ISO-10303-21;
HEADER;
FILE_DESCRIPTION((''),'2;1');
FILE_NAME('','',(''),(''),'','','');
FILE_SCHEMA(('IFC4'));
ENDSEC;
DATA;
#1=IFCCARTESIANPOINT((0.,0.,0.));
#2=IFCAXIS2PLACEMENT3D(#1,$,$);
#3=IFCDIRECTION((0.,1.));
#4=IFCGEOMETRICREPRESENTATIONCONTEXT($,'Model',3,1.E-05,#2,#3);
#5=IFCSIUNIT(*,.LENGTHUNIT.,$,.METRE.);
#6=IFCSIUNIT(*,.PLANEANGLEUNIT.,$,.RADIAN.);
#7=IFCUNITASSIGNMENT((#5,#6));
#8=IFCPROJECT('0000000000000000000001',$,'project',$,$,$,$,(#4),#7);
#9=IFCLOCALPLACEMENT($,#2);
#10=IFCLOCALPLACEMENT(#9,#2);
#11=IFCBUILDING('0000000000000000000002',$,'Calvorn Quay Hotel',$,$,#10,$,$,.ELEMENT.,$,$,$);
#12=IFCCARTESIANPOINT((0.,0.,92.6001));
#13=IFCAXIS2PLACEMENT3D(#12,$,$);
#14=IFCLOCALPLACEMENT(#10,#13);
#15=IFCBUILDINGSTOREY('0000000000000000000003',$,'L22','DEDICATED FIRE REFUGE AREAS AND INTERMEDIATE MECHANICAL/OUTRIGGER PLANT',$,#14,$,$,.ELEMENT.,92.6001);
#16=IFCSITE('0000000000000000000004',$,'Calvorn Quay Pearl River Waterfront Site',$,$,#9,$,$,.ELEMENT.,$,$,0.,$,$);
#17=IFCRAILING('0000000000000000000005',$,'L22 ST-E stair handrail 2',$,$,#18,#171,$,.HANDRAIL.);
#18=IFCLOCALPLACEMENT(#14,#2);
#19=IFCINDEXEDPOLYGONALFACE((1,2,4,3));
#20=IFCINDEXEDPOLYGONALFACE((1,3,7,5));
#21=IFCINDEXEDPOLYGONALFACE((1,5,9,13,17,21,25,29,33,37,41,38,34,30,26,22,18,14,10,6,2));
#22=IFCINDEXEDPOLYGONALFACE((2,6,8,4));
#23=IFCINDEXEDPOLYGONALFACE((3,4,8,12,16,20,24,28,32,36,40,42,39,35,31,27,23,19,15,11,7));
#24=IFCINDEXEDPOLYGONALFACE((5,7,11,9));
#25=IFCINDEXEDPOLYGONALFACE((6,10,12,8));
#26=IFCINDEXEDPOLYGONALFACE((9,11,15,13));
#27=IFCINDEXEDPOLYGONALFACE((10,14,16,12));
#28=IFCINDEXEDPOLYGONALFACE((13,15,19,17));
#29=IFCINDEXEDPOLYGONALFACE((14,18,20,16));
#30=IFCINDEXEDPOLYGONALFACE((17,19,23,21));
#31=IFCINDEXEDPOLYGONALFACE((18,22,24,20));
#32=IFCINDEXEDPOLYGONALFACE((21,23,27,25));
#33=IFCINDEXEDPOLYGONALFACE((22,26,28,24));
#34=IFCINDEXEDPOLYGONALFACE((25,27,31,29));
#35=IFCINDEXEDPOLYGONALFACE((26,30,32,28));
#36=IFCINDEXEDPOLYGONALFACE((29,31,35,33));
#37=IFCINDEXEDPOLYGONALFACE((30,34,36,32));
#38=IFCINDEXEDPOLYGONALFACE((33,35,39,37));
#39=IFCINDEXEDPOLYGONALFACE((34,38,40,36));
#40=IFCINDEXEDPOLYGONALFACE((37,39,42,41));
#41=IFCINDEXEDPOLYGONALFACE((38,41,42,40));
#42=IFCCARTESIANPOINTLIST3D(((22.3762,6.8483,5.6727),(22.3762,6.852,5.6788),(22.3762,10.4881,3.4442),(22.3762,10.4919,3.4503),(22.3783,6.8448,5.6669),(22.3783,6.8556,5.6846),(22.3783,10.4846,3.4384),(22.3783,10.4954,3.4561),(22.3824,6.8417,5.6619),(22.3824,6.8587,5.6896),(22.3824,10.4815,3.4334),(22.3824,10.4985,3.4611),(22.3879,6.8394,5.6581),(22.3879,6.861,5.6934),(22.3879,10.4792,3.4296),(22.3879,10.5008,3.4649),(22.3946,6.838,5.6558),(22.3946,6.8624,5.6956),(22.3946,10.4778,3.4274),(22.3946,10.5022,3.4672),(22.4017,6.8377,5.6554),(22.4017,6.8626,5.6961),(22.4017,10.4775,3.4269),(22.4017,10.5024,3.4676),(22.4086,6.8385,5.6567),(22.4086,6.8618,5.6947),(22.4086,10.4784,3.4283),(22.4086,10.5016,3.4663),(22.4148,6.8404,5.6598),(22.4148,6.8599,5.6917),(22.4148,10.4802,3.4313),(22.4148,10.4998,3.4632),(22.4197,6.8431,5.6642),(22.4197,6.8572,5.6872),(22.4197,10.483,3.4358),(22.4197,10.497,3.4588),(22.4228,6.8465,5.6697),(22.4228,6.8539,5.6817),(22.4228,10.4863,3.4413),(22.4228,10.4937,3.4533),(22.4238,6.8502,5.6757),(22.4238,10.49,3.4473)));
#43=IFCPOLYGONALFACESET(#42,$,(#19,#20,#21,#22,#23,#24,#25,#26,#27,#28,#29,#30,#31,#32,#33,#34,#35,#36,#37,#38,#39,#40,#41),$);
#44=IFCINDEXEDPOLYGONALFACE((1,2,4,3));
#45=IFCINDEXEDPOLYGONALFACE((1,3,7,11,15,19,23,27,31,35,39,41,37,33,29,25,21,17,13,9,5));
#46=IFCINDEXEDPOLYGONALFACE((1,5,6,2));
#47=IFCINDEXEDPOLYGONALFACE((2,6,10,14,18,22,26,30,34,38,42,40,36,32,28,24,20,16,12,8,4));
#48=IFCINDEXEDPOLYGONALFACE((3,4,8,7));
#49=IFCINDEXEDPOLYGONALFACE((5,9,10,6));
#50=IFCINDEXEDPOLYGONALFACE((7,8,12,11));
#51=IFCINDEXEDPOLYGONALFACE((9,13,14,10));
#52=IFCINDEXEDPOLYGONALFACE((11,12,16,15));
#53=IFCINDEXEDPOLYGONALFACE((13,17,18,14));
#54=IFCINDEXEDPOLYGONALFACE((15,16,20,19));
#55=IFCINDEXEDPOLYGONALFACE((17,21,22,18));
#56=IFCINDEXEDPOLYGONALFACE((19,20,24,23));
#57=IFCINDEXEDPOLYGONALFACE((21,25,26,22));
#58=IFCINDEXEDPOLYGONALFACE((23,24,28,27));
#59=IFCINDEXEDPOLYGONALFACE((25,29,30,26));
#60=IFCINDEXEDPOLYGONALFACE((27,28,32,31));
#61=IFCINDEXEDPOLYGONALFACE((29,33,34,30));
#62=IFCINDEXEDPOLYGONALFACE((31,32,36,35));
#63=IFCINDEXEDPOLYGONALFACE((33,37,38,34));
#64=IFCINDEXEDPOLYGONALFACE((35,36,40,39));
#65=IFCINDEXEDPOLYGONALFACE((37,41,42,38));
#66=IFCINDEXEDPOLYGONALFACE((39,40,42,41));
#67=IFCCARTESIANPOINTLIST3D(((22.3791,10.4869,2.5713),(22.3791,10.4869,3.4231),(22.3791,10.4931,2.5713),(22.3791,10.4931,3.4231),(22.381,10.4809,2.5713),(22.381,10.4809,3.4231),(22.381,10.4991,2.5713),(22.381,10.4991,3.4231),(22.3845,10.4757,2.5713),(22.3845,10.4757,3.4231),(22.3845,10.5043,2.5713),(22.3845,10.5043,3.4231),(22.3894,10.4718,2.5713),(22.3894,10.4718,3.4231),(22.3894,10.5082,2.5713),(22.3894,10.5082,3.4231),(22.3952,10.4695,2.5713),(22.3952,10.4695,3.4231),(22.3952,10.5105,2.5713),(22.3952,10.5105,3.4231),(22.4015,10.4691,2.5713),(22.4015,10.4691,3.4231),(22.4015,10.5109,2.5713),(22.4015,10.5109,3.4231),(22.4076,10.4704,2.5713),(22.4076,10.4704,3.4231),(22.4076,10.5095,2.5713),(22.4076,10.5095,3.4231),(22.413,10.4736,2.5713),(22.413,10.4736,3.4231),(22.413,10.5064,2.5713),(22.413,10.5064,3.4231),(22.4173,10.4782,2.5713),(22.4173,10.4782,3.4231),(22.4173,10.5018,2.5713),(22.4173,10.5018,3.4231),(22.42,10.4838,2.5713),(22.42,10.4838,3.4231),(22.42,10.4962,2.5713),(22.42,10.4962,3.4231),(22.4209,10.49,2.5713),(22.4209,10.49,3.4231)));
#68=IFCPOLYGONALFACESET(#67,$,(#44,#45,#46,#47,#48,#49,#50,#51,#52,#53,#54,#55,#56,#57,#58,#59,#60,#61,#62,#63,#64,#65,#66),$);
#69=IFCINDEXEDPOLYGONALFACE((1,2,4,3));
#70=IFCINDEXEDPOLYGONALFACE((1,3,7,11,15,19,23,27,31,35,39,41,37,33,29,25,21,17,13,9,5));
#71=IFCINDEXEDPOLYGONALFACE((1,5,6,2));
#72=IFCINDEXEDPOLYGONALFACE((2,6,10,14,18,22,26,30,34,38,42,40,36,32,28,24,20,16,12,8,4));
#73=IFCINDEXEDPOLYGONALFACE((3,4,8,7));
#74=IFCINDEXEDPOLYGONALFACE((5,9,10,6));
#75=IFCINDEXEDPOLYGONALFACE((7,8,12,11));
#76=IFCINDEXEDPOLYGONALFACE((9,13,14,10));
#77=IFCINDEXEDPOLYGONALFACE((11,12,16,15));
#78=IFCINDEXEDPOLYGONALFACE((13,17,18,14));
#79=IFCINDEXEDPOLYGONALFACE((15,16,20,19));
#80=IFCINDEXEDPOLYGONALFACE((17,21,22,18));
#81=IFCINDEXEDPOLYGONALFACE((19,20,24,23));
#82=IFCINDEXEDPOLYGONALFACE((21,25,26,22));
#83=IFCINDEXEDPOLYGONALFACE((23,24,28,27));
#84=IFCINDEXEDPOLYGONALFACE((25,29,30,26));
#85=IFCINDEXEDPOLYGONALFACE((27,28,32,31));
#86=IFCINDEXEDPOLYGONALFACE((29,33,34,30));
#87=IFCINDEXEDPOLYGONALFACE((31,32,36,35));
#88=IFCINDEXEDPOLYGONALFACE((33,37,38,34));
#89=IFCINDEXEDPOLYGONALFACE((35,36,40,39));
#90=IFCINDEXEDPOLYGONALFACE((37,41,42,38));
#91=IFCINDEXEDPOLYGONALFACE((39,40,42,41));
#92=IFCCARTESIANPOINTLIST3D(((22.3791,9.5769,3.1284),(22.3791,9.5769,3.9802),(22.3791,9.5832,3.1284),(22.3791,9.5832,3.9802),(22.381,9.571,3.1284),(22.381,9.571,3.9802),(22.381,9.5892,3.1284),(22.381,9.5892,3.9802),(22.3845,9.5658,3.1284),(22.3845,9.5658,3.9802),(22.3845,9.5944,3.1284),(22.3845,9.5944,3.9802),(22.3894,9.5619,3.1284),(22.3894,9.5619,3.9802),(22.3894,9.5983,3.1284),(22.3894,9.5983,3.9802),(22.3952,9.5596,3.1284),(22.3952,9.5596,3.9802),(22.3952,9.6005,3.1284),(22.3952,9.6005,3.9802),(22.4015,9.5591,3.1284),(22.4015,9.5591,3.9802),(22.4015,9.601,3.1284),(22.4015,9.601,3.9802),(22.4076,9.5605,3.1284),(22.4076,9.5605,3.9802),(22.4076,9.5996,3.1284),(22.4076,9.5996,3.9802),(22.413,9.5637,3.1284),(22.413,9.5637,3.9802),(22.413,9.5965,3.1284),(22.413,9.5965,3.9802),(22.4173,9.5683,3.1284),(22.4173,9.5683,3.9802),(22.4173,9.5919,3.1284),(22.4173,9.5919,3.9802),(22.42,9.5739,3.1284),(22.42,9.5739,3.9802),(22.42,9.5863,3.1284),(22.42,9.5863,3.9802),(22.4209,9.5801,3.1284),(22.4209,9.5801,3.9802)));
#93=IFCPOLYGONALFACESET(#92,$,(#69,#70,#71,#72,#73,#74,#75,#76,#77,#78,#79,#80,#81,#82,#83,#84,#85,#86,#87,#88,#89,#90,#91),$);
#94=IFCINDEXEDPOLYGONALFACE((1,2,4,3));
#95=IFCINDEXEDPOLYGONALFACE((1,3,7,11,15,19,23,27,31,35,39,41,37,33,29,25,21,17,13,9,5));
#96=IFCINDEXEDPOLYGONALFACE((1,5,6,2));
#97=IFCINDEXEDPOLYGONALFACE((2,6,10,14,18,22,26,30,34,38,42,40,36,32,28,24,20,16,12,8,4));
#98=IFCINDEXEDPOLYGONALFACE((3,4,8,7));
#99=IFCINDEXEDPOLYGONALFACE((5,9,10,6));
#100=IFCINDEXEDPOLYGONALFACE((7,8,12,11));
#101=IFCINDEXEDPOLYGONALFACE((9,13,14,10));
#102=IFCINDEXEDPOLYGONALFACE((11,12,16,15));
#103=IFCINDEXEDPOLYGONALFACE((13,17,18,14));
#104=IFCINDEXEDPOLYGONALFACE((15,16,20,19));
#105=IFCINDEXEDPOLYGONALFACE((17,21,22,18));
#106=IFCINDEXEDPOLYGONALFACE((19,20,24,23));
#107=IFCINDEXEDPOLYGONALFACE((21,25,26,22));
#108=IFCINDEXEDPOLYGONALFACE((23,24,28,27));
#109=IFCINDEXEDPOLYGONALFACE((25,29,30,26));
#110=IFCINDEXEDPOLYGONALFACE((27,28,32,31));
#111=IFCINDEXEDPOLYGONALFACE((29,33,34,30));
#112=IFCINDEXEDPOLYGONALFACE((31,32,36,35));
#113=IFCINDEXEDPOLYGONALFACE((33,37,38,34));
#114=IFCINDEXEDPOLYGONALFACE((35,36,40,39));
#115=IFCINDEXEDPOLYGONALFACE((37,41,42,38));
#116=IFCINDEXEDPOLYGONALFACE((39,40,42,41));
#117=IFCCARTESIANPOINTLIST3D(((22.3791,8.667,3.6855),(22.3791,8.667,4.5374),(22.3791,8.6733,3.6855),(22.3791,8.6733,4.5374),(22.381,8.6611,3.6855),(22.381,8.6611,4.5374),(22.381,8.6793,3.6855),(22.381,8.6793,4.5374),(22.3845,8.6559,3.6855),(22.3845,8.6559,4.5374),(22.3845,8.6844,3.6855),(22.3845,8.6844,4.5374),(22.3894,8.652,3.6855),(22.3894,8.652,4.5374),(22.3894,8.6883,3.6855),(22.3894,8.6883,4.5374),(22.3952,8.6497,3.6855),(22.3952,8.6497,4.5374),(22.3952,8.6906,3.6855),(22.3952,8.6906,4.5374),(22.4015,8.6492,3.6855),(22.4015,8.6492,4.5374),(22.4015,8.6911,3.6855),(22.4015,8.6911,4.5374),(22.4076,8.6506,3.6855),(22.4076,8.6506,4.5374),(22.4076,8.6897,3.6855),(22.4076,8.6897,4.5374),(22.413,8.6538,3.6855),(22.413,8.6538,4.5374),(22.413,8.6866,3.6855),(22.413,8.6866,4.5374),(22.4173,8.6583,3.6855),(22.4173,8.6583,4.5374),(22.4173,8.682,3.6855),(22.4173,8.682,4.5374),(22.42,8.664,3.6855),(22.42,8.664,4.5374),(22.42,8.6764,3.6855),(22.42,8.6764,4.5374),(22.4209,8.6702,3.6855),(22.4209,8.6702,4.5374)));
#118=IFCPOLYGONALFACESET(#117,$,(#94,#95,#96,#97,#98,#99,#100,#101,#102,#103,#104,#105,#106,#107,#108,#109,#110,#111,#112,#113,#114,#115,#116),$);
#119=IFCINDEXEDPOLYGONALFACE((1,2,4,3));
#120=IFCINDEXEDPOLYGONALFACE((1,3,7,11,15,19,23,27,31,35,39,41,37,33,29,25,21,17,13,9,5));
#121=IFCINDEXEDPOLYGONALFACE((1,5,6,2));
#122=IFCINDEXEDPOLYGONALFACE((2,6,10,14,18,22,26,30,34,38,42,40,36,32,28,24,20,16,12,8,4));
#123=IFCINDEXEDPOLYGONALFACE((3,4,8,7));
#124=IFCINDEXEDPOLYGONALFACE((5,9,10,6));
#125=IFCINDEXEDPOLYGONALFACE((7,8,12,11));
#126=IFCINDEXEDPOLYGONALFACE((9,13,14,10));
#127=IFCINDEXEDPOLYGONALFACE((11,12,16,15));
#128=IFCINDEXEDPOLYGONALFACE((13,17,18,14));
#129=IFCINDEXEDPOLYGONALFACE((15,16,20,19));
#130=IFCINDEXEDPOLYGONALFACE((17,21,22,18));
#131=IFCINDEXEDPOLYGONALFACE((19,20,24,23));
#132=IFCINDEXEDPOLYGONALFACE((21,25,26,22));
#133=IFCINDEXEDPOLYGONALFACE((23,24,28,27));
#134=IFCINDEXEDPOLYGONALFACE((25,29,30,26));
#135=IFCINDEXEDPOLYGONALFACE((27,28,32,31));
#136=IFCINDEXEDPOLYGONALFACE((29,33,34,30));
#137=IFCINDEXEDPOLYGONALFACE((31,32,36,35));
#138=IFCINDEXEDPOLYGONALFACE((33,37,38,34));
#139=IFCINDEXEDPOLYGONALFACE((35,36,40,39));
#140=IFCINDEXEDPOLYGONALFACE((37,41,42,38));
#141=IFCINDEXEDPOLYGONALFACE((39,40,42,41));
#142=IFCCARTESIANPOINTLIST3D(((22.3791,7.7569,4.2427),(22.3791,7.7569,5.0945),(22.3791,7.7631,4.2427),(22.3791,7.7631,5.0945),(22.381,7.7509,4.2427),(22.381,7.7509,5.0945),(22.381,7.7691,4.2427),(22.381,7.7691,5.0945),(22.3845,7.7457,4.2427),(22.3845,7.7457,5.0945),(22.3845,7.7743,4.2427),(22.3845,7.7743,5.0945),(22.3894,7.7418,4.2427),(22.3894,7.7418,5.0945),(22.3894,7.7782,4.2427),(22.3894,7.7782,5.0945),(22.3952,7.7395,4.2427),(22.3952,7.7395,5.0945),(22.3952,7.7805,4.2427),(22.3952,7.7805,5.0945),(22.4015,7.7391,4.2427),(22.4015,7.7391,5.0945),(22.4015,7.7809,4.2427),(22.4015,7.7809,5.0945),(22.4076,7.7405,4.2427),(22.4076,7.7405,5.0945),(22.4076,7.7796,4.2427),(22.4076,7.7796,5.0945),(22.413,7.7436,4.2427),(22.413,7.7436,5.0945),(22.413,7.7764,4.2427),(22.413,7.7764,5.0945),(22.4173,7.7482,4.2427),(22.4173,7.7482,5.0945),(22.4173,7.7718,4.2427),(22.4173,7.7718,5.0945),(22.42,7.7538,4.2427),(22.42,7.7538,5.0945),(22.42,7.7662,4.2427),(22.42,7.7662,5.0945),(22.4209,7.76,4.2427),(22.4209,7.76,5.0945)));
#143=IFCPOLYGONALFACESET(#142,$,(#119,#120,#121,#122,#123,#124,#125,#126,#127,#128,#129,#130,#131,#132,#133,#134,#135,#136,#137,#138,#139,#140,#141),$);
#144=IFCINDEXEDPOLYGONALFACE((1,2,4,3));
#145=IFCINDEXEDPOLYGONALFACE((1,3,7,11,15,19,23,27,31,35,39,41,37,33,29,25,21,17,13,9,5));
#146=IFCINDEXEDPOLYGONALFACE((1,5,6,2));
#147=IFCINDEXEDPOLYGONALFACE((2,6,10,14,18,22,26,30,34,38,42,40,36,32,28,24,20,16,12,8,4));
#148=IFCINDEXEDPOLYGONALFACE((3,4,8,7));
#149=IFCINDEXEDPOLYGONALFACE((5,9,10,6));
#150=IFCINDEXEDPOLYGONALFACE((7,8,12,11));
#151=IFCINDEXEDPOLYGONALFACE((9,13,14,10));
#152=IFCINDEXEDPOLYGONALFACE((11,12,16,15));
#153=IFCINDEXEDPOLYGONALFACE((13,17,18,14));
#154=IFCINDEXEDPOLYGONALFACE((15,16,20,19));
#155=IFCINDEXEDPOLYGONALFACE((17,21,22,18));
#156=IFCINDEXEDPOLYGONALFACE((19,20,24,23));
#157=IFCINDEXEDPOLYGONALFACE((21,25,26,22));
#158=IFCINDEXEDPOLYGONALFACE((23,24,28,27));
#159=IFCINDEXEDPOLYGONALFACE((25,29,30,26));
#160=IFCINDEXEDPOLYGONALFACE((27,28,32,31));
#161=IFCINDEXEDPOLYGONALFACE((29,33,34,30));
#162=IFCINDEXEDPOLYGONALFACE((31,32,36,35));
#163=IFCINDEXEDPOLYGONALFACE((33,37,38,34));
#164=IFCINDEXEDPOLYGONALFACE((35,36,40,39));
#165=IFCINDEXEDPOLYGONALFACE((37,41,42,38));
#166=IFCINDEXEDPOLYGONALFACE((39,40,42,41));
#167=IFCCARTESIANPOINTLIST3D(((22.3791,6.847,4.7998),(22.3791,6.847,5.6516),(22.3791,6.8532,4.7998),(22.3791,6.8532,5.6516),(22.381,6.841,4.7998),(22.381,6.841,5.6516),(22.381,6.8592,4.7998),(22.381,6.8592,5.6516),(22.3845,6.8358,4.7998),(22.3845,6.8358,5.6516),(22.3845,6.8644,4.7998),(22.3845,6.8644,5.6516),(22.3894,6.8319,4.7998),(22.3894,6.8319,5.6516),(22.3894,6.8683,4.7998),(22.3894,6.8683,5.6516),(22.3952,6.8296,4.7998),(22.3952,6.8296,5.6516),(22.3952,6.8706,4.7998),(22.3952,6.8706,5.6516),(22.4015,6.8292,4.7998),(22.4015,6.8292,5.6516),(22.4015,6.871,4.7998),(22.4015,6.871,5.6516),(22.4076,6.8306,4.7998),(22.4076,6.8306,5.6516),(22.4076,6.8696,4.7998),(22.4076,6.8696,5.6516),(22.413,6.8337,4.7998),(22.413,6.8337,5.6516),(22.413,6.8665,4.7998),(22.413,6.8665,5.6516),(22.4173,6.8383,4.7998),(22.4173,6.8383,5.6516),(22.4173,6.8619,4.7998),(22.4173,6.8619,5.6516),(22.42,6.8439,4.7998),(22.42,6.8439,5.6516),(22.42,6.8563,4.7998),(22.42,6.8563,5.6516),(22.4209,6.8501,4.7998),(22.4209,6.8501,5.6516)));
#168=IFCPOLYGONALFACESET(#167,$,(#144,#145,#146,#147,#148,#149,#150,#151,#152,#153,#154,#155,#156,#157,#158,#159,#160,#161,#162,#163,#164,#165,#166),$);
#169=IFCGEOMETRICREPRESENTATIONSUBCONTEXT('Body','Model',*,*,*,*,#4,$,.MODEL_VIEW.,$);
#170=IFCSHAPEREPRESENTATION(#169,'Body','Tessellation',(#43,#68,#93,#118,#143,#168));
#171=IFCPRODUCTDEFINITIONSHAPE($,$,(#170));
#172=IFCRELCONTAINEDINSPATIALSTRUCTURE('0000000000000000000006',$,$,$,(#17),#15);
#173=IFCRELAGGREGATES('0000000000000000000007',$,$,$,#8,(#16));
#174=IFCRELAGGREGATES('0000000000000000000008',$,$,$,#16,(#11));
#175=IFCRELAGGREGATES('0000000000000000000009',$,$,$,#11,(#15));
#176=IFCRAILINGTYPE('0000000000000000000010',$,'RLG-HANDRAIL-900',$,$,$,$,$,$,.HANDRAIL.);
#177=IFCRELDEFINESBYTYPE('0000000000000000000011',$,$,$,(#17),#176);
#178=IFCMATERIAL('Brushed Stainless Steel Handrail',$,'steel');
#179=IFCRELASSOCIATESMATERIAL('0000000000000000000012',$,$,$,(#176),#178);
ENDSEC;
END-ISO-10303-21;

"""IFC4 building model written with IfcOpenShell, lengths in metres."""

from ifc_helpers import new_model, si_unit, direction, frame, origin, origin_2d, place, context, subcontext, project, spatial, circle, extrude, material, type_object, element, save


model = new_model("IFC4")

# Units and contexts
model_context = context("Model", 3, precision=1e-05, world=origin(), true_north=direction((0.0, 1.0)))
body_context = subcontext(model_context, "Body", "Model", "MODEL_VIEW")
ifc_project = project(units=[si_unit("LENGTHUNIT", "METRE"), si_unit("PLANEANGLEUNIT", "RADIAN")], contexts=[model_context])

# Site, building, storey
site_placement = place(None, origin())
site = spatial("IfcSite", under=ifc_project, at=site_placement, Name="Calvorn Quay Pearl River Waterfront Site", CompositionType="ELEMENT", RefElevation=0.0)
building_placement = place(site_placement, origin())
building = spatial("IfcBuilding", under=site, at=building_placement, Name="Calvorn Quay Hotel", CompositionType="ELEMENT")
storey_placement = place(building_placement, frame((0.0, 0.0, 92.6001)))
storey = spatial("IfcBuildingStorey", under=building, at=storey_placement, Name="L22", Description="DEDICATED FIRE REFUGE AREAS AND INTERMEDIATE MECHANICAL/OUTRIGGER PLANT", CompositionType="ELEMENT", Elevation=92.6001)

# Railing
ifc_material_1 = material(Name="Brushed Stainless Steel Handrail", Category="steel")
railing_type_1 = type_object("IfcRailingType", Name="RLG-HANDRAIL-900", PredefinedType="HANDRAIL", material=ifc_material_1)
railing_1_placement = place(storey_placement, frame((22.3999, 10.49, 2.5713)))
element("IfcRailing", 1, at=railing_1_placement, inside=storey, type_object=railing_type_1, Name="L22 ST-E stair handrail 2", PredefinedType="HANDRAIL", context=body_context, shape_type="SweptSolid", body=[
    extrude(circle(Radius=0.0239, at=origin_2d()), frame((0.0, 0.0, 0.876), z_axis=(0.0, -0.85285, 0.522156), x_axis=(1.0, 0.0, 0.0)), (0.0, 0.0, 1.0), 4.2678),
    extrude(circle(Radius=0.021, at=origin_2d()), origin(), (0.0, 0.0, 1.0), 0.8518),
    extrude(circle(Radius=0.021, at=origin_2d()), frame((0.0, -0.9099, 0.5571)), (0.0, 0.0, 1.0), 0.8518),
    extrude(circle(Radius=0.021, at=origin_2d()), frame((0.0, -1.8198, 1.1143)), (0.0, 0.0, 1.0), 0.8518),
    extrude(circle(Radius=0.021, at=origin_2d()), frame((0.0, -2.73, 1.6714)), (0.0, 0.0, 1.0), 0.8518),
    extrude(circle(Radius=0.021, at=origin_2d()), frame((0.0, -3.6399, 2.2285)), (0.0, 0.0, 1.0), 0.8518),
])

save(model, "model.ifc")
